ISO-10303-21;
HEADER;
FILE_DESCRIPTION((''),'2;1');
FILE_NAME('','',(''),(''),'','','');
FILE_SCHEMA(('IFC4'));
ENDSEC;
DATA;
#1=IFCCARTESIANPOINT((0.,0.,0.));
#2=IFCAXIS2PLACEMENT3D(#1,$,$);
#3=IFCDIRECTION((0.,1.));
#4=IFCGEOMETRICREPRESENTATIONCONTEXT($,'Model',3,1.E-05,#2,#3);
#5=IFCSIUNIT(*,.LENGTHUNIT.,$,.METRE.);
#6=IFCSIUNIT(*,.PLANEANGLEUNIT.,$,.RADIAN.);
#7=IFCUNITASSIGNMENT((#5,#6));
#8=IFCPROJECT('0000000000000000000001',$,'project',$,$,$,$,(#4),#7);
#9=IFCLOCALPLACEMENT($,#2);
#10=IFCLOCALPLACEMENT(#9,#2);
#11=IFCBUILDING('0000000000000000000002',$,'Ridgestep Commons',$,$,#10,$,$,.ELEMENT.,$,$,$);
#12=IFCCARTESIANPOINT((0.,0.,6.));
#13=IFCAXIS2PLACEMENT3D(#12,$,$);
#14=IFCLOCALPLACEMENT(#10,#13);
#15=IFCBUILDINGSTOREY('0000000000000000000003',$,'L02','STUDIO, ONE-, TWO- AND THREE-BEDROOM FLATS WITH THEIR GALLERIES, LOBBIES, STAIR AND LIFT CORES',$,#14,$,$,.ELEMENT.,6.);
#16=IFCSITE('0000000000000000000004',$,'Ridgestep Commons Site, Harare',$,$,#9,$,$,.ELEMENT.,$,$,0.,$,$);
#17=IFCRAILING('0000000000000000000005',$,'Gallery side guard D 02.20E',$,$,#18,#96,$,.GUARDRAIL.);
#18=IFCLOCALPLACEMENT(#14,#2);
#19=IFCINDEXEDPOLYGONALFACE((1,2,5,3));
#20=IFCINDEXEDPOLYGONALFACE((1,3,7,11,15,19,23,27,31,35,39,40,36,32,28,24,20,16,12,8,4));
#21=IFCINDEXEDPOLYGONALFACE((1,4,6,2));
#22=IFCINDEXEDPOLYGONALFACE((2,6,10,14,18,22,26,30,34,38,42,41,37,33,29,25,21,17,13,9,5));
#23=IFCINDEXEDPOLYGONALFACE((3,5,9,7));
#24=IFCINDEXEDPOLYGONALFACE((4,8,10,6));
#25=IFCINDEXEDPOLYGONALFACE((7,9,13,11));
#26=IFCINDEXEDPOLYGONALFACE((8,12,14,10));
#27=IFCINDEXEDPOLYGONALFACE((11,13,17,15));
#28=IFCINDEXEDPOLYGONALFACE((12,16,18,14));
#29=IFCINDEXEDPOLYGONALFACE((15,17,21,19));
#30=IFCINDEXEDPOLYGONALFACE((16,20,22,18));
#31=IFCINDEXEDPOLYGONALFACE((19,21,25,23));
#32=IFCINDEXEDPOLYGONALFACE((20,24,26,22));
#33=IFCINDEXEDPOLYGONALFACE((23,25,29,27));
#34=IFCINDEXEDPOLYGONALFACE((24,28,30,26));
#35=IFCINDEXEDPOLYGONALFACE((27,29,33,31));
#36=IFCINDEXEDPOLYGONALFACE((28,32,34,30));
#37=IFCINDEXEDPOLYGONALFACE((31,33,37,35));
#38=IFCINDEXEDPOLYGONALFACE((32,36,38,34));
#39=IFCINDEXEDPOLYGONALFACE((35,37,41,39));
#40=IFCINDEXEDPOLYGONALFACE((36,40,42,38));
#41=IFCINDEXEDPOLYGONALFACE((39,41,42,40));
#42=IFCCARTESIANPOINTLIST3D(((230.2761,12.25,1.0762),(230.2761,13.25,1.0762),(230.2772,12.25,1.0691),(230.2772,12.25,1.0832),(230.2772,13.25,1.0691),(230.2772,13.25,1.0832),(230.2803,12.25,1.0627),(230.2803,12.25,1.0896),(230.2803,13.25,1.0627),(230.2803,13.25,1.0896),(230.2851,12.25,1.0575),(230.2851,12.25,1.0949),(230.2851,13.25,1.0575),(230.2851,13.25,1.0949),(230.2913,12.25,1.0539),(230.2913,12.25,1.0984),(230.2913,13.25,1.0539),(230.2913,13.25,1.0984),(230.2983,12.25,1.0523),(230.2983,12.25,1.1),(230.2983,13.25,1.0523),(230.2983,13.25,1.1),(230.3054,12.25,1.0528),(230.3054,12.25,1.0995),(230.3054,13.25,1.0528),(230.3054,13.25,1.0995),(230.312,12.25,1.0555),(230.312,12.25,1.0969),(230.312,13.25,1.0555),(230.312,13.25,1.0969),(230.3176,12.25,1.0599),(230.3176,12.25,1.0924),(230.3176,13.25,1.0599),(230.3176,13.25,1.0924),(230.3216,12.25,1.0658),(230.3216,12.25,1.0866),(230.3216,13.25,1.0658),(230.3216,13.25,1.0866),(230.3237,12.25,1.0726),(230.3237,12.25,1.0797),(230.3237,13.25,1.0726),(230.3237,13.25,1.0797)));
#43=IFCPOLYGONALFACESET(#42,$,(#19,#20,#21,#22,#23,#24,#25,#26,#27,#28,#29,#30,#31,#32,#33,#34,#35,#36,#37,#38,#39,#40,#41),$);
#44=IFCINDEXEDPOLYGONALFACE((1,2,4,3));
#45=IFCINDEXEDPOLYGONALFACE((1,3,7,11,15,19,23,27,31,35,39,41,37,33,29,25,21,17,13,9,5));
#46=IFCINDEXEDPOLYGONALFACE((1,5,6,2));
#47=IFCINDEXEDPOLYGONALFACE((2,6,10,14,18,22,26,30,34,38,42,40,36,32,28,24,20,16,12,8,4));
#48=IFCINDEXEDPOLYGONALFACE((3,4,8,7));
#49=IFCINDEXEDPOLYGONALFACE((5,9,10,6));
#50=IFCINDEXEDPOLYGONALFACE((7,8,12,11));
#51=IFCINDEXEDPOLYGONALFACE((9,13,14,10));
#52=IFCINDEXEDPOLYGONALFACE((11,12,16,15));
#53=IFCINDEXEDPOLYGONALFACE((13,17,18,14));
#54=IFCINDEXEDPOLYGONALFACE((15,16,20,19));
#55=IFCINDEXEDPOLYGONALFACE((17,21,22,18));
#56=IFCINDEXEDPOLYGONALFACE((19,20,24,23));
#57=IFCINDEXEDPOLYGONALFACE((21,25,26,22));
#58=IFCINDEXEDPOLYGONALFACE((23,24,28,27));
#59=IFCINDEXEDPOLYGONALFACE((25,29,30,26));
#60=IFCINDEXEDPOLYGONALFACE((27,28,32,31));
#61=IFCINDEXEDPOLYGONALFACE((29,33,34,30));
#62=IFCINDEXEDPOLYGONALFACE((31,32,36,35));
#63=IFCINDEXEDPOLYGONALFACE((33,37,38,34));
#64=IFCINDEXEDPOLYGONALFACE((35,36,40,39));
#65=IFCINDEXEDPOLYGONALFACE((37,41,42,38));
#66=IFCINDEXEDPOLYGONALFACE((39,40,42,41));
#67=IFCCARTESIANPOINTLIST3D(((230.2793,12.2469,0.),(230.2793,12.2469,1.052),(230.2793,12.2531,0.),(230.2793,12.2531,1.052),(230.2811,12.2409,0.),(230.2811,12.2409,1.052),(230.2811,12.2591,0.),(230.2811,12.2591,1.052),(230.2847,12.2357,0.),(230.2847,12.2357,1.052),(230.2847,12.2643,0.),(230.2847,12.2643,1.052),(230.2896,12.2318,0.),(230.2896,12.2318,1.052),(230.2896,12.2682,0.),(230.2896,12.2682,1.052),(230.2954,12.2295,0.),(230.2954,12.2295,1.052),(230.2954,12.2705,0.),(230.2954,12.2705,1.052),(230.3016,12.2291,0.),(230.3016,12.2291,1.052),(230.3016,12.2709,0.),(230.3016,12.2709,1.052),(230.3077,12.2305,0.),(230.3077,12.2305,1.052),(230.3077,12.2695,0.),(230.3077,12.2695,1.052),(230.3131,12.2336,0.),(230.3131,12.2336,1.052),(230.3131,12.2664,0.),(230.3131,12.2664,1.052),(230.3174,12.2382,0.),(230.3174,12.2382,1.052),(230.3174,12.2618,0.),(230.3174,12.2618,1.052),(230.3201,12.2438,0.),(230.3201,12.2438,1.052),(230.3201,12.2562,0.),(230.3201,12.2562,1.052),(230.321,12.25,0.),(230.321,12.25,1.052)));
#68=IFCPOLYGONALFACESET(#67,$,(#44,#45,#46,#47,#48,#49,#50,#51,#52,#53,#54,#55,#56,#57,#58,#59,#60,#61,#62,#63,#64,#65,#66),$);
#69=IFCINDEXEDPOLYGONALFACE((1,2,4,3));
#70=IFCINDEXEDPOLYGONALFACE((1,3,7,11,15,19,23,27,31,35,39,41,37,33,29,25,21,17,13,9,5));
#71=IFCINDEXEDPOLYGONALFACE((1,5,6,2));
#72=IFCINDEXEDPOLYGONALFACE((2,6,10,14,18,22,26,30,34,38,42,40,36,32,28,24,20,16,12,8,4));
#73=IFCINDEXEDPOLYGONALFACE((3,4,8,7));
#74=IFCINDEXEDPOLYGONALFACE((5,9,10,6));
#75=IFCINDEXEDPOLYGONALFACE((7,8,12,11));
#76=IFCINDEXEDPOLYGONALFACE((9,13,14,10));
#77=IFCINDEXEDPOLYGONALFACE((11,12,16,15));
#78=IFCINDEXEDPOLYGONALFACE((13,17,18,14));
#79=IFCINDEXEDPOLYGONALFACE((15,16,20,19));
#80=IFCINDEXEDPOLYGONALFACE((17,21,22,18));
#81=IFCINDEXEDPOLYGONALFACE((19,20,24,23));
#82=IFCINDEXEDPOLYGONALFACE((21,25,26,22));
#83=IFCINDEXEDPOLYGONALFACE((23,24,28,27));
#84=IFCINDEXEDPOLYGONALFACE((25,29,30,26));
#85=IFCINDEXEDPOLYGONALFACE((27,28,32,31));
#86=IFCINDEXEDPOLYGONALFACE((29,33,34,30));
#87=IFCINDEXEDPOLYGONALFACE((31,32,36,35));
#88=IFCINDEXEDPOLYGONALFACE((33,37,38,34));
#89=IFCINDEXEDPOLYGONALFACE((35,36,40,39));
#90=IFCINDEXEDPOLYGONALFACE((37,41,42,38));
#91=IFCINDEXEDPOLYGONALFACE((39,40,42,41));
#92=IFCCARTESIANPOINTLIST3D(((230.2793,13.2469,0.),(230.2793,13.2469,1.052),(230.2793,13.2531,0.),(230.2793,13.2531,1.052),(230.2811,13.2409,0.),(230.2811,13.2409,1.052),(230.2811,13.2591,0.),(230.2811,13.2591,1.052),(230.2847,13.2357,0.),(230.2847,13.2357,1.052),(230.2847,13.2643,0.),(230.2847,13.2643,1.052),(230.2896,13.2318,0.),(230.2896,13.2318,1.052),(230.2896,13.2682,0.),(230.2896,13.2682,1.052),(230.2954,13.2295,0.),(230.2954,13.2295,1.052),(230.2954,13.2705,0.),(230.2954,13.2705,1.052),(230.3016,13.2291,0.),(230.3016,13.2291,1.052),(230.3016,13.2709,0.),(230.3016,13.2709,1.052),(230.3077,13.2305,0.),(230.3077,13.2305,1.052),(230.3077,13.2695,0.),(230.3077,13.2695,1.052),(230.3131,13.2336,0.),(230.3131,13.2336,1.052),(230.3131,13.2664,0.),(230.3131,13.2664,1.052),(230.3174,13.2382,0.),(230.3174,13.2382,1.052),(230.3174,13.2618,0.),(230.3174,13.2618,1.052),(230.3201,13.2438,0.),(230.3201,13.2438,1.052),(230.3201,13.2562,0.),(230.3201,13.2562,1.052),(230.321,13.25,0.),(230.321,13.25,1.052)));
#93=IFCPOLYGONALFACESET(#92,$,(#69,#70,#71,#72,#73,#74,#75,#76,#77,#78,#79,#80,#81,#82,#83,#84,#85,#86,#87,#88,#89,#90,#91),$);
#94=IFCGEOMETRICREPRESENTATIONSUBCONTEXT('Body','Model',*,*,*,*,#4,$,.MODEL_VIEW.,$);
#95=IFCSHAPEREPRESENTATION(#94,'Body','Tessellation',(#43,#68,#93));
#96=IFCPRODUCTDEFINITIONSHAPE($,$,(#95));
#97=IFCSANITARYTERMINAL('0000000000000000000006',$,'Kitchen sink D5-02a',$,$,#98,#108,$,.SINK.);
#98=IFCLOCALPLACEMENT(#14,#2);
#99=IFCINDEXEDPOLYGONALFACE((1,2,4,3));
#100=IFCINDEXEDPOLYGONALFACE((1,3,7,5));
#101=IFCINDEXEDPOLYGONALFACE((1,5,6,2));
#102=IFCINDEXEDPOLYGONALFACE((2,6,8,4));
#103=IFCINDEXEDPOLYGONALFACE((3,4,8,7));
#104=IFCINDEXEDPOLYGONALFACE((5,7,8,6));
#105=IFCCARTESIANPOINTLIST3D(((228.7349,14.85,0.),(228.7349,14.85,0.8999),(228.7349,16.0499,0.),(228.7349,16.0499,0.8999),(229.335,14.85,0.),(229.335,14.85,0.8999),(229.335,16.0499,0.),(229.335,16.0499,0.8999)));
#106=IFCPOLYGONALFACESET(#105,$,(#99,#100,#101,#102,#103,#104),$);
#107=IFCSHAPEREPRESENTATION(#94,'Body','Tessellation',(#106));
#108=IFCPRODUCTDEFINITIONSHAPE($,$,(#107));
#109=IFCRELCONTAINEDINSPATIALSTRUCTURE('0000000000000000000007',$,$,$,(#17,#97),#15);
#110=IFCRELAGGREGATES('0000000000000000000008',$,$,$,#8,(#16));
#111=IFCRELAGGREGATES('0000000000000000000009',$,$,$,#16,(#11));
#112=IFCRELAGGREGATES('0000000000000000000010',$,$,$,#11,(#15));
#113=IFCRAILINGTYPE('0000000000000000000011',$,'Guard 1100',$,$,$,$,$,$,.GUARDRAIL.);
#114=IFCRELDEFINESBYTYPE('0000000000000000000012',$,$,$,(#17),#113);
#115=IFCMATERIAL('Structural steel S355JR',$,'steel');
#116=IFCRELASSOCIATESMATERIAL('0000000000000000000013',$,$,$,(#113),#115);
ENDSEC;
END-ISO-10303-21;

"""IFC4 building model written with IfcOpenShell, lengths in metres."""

from ifc_helpers import new_model, si_unit, direction, frame, origin, origin_2d, place, context, subcontext, project, spatial, rectangle, circle, extrude, material, type_object, element, save


model = new_model("IFC4")

# Units and contexts
model_context = context("Model", 3, precision=1e-05, world=origin(), true_north=direction((0.0, 1.0)))
body_context = subcontext(model_context, "Body", "Model", "MODEL_VIEW")
ifc_project = project(units=[si_unit("LENGTHUNIT", "METRE"), si_unit("PLANEANGLEUNIT", "RADIAN")], contexts=[model_context])

# Site, building, storey
site_placement = place(None, origin())
site = spatial("IfcSite", under=ifc_project, at=site_placement, Name="Ridgestep Commons Site, Harare", CompositionType="ELEMENT", RefElevation=0.0)
building_placement = place(site_placement, origin())
building = spatial("IfcBuilding", under=site, at=building_placement, Name="Ridgestep Commons", CompositionType="ELEMENT")
storey_placement = place(building_placement, frame((0.0, 0.0, 6.0)))
storey = spatial("IfcBuildingStorey", under=building, at=storey_placement, Name="L02", Description="STUDIO, ONE-, TWO- AND THREE-BEDROOM FLATS WITH THEIR GALLERIES, LOBBIES, STAIR AND LIFT CORES", CompositionType="ELEMENT", Elevation=6.0)

# Railing
ifc_material_1 = material(Name="Structural steel S355JR", Category="steel")
railing_type = type_object("IfcRailingType", Name="Guard 1100", PredefinedType="GUARDRAIL", material=ifc_material_1)
for number, where, name in (
    (1, (230.3, 12.25, 0.0), "Gallery side guard D 02.20E"),
):
    element("IfcRailing", number, at=place(storey_placement, frame(where)), inside=storey, type_object=railing_type, Name=name, PredefinedType="GUARDRAIL", context=body_context, shape_type="SweptSolid", body=[
        extrude(circle(Radius=0.0239, at=origin_2d()), frame((0.0, 0.0, 1.0762), z_axis=(0.0, 1.0, 0.0), x_axis=(-1.0, 0.0, 0.0)), (0.0, 0.0, 1.0), 1.0),
        extrude(circle(Radius=0.021, at=origin_2d()), origin(), (0.0, 0.0, 1.0), 1.052),
        extrude(circle(Radius=0.021, at=origin_2d()), frame((0.0, 1.0, 0.0)), (0.0, 0.0, 1.0), 1.052),
    ])

# Sanitary terminal
sanitary_terminal_placement = place(storey_placement, frame((229.0349, 15.45, 0.0), z_axis=(0.0, 0.0, 1.0), x_axis=(1.0, 0.0, 0.0)))
element("IfcSanitaryTerminal", 2, at=sanitary_terminal_placement, inside=storey, Name="Kitchen sink D5-02a", PredefinedType="SINK", context=body_context, shape_type="SweptSolid", body=[
    extrude(rectangle(XDim=0.6001, YDim=1.2, at=origin_2d()), origin(), (0.0, 0.0, 1.0), 0.8999),
])

save(model, "model.ifc")
